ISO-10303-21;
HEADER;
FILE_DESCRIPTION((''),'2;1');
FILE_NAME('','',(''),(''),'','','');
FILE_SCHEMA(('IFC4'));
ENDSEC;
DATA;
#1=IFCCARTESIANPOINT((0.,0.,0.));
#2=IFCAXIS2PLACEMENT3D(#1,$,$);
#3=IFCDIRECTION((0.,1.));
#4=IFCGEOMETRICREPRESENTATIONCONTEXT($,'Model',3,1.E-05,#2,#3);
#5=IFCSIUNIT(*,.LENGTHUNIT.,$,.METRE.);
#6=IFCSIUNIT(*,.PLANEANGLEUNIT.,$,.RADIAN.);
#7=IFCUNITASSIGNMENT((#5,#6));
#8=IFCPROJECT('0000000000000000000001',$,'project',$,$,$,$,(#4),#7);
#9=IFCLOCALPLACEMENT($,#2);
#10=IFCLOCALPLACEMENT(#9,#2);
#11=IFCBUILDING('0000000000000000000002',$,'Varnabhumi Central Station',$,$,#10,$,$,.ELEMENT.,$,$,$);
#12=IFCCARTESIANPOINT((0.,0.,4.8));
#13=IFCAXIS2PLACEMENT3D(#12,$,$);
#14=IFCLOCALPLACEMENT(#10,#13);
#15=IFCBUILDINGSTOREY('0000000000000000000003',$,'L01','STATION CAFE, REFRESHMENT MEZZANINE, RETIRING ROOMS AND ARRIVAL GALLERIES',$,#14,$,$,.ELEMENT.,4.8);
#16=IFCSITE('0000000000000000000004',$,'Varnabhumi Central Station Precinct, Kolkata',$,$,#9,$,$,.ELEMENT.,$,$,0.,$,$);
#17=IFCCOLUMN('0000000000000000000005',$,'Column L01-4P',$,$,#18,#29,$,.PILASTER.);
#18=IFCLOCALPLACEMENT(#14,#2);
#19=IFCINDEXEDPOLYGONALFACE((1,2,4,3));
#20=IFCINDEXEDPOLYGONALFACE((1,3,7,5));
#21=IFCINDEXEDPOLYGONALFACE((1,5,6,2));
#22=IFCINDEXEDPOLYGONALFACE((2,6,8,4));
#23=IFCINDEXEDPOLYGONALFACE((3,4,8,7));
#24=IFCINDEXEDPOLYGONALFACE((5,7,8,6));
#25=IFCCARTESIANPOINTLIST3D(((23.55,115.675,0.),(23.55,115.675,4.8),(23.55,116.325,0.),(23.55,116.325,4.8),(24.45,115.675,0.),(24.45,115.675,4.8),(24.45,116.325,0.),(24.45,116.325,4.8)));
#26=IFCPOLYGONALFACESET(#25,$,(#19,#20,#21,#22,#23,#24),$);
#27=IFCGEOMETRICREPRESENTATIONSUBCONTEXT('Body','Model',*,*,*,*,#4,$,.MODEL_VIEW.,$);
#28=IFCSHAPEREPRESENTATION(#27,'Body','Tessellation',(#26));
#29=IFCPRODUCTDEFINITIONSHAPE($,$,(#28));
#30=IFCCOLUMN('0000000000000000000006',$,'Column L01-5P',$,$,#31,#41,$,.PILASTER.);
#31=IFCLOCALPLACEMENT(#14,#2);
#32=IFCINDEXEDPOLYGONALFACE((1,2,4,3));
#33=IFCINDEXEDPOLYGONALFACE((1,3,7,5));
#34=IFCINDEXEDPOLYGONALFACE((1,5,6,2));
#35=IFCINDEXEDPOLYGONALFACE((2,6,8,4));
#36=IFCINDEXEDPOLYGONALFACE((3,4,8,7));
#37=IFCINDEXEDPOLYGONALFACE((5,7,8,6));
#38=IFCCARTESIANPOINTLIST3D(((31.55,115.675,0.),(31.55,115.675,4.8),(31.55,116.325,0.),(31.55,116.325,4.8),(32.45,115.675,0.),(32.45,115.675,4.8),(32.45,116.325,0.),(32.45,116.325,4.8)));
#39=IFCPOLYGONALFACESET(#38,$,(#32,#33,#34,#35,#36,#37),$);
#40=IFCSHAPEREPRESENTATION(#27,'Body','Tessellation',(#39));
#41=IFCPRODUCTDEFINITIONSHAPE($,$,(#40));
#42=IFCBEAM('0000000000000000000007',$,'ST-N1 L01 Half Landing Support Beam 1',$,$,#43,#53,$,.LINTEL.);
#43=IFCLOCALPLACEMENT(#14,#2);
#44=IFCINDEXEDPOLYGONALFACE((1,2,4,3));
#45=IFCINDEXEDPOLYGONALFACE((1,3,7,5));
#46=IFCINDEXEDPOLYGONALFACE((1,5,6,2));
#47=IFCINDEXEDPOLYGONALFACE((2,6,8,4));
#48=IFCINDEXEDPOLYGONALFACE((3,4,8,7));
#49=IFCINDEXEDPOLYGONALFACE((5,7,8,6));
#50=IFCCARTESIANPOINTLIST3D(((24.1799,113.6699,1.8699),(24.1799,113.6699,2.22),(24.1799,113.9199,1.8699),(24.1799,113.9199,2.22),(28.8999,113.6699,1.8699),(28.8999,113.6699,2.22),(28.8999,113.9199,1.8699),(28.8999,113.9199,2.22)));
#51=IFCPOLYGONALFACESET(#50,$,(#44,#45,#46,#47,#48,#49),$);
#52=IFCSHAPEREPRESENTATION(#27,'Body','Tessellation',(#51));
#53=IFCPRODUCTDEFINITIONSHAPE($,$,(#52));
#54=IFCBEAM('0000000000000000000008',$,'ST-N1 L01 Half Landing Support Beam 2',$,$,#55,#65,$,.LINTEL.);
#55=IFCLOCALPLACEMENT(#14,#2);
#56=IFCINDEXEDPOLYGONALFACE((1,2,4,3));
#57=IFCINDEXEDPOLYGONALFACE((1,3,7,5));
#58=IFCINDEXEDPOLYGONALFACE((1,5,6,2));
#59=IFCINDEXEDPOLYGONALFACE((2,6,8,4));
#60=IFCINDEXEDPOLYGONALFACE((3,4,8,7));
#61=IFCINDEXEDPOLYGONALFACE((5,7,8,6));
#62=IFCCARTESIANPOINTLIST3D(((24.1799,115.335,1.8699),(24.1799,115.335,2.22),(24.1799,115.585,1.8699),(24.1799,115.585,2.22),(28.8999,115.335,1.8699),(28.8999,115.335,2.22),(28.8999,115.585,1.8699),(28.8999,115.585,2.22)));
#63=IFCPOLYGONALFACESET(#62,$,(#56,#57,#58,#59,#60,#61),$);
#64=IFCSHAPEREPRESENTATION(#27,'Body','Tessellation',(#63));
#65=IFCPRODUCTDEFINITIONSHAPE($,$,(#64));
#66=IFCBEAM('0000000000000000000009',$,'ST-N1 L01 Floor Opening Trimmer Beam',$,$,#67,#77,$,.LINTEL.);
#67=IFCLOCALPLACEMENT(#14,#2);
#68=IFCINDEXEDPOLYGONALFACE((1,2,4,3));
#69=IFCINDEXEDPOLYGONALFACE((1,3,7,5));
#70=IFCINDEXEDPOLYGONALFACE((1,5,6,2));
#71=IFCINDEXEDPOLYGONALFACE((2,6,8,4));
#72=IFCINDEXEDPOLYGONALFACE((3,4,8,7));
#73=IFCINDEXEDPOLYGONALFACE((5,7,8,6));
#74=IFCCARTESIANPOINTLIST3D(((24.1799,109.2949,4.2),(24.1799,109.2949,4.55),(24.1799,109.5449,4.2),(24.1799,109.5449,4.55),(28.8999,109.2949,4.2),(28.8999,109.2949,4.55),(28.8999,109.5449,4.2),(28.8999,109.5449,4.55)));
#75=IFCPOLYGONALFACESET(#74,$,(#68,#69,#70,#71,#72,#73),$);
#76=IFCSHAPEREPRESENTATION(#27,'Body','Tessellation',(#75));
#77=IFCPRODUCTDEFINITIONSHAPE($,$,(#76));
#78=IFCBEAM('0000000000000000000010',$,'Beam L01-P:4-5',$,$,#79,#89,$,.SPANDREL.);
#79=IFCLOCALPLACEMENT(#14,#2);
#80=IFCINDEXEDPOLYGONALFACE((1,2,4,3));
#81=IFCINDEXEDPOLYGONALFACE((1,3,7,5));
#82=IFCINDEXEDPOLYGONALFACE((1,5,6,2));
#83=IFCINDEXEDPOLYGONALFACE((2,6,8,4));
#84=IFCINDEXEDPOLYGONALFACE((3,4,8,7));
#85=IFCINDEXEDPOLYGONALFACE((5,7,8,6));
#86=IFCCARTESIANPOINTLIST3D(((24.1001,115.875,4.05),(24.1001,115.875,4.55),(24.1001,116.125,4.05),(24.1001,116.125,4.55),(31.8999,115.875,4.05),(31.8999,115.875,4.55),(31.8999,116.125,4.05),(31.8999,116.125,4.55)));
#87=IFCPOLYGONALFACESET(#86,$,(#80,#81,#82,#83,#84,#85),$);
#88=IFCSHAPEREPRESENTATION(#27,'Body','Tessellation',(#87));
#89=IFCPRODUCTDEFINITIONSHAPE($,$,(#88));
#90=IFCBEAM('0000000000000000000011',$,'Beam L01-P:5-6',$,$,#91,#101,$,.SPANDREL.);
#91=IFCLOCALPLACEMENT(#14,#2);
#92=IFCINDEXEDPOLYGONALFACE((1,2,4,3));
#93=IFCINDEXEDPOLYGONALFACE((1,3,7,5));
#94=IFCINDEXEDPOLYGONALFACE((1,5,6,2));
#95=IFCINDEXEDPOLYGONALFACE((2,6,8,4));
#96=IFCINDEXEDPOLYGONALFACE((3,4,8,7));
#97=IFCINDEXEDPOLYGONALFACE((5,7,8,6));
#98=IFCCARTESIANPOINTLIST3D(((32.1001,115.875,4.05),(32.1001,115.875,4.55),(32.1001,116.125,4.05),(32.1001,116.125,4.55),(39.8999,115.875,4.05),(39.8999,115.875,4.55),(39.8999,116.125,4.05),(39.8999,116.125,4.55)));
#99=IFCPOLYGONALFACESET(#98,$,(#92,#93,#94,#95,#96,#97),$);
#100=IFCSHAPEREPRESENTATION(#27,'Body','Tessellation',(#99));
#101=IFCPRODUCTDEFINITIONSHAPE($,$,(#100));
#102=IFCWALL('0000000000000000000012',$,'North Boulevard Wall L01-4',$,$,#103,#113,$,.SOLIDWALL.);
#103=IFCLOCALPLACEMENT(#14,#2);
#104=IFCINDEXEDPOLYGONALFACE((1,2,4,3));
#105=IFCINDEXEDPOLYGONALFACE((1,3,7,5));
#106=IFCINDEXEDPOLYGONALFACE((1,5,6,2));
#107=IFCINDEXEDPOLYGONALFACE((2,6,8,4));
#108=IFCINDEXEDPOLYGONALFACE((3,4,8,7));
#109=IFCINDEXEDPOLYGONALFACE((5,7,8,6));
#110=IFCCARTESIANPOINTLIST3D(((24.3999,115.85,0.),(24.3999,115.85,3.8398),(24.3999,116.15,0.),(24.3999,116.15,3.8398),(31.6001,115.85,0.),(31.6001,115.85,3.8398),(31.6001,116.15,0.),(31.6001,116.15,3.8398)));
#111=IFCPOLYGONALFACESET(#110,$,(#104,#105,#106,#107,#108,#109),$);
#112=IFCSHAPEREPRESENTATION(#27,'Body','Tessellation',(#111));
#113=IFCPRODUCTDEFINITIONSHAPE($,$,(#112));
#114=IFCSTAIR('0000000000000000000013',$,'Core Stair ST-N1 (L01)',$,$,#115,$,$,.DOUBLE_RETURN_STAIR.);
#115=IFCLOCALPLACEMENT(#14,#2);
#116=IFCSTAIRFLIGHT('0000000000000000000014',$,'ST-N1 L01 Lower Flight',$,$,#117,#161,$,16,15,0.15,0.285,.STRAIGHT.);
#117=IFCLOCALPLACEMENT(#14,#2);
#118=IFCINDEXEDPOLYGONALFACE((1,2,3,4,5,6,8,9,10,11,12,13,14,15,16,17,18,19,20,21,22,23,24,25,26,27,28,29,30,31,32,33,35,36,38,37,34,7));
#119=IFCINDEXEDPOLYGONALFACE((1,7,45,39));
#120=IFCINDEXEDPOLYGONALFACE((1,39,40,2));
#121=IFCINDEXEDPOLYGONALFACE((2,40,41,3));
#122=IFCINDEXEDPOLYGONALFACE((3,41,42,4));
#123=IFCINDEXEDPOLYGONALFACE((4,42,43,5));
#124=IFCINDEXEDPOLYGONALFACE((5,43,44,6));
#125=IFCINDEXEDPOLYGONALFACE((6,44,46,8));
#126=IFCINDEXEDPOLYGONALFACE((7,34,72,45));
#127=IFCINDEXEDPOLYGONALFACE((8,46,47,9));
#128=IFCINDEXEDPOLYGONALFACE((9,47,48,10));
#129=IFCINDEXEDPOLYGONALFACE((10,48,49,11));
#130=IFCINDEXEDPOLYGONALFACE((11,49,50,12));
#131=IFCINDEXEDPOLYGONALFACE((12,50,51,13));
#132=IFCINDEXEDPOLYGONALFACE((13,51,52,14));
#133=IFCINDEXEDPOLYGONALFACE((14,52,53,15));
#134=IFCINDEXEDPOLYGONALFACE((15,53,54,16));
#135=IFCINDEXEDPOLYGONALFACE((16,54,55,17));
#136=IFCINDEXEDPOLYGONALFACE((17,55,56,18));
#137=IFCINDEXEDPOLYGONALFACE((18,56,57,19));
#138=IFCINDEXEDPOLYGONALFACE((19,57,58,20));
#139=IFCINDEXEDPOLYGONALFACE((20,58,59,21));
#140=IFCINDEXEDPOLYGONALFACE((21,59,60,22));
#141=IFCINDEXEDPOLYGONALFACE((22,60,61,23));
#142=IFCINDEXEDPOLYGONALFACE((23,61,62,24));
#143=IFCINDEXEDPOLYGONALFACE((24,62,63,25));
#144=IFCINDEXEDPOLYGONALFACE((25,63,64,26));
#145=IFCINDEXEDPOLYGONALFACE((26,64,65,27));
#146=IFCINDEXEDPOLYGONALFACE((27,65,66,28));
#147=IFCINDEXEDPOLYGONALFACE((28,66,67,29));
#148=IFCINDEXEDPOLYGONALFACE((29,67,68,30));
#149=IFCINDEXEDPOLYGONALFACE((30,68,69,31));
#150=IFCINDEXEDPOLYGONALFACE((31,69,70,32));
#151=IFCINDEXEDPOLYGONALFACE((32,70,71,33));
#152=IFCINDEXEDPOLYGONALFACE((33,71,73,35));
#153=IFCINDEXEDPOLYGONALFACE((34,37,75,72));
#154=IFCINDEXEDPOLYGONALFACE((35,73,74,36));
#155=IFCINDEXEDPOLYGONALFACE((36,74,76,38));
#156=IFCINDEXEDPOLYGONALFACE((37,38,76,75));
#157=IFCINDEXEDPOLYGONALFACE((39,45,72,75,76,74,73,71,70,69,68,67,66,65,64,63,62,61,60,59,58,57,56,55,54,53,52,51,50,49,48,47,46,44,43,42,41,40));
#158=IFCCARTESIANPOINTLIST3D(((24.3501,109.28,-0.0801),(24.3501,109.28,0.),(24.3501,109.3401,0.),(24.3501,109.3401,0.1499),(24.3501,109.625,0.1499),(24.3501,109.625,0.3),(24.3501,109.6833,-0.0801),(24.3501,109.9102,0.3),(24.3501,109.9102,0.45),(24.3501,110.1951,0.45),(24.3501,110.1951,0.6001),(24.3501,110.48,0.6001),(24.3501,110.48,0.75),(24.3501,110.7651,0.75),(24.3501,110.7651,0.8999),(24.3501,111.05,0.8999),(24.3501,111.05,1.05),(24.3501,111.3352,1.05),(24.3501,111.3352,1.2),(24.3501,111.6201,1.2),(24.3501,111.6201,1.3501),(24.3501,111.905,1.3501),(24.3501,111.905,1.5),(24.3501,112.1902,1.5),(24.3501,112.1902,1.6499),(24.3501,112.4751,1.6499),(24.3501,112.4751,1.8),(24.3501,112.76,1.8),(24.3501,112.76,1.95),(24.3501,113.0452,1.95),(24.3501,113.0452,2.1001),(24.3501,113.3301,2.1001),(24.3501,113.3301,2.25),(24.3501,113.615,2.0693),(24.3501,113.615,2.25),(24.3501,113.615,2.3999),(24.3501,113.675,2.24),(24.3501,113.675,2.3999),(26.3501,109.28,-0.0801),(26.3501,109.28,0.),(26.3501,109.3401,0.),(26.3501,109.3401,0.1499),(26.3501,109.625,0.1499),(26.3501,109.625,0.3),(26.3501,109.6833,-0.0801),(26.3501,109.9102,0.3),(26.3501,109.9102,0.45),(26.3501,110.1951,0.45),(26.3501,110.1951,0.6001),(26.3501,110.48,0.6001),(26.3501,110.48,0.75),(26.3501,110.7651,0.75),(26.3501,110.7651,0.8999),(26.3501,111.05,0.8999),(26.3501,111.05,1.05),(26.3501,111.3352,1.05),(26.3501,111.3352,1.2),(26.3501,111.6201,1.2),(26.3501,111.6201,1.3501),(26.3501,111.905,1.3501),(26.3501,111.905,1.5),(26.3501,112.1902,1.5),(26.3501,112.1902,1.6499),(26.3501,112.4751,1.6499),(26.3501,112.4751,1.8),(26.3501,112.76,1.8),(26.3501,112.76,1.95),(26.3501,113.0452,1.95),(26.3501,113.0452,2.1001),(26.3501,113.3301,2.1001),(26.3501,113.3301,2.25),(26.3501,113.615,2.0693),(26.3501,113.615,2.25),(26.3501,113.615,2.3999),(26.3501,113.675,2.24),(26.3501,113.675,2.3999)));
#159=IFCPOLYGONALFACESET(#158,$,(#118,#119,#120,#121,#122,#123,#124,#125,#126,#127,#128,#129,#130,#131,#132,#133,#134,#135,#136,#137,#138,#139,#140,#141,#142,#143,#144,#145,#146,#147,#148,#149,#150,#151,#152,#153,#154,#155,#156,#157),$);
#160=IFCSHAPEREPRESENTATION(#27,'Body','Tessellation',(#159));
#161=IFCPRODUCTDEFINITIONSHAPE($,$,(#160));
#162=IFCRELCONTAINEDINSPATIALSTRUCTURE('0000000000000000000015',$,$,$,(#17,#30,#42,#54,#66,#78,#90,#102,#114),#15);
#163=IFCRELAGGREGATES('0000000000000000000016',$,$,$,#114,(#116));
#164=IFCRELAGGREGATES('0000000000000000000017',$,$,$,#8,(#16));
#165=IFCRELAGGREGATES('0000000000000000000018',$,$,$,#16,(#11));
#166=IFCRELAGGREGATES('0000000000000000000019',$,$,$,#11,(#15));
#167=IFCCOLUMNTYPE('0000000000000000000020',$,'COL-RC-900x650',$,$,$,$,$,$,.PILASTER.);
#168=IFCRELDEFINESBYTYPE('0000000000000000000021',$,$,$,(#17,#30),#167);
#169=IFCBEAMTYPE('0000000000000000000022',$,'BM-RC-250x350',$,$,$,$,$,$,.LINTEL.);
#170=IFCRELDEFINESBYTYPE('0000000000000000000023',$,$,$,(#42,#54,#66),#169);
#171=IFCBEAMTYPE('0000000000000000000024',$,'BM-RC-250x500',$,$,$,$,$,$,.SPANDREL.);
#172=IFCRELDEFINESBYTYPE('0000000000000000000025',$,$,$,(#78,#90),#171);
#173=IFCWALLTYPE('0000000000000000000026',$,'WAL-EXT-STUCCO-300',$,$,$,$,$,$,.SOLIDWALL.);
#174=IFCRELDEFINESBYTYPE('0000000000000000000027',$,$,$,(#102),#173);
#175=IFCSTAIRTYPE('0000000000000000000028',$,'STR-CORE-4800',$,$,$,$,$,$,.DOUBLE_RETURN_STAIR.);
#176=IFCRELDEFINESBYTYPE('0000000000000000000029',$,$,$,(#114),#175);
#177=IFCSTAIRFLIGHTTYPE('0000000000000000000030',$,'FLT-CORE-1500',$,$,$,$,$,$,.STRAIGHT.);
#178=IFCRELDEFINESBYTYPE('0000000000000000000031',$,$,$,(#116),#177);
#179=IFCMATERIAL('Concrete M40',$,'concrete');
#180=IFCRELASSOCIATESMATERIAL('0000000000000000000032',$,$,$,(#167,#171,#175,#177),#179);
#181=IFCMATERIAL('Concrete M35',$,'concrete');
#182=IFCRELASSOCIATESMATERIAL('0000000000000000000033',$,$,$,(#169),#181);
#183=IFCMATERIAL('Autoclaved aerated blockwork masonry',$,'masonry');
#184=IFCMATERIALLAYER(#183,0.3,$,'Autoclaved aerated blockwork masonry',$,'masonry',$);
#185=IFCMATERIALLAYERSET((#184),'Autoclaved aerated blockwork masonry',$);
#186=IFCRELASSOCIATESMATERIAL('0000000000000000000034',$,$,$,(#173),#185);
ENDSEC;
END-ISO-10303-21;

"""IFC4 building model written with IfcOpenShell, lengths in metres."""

from ifc_helpers import new_model, si_unit, direction, frame, frame_2d, origin, origin_2d, place, context, subcontext, project, spatial, polyline, rectangle, outline, extrude, material, layer, layer_set, material_profile, profile_set, type_object, element, aggregate, save


model = new_model("IFC4")

# Units and contexts
model_context = context("Model", 3, precision=1e-05, world=origin(), true_north=direction((0.0, 1.0)))
body_context = subcontext(model_context, "Body", "Model", "MODEL_VIEW")
ifc_project = project(units=[si_unit("LENGTHUNIT", "METRE"), si_unit("PLANEANGLEUNIT", "RADIAN")], contexts=[model_context])

# Site, building, storey
site_placement = place(None, origin())
site = spatial("IfcSite", under=ifc_project, at=site_placement, Name="Varnabhumi Central Station Precinct, Kolkata", CompositionType="ELEMENT", RefElevation=0.0)
building_placement = place(site_placement, origin())
building = spatial("IfcBuilding", under=site, at=building_placement, Name="Varnabhumi Central Station", CompositionType="ELEMENT")
storey_placement = place(building_placement, frame((0.0, 0.0, 4.8)))
storey = spatial("IfcBuildingStorey", under=building, at=storey_placement, Name="L01", Description="STATION CAFE, REFRESHMENT MEZZANINE, RETIRING ROOMS AND ARRIVAL GALLERIES", CompositionType="ELEMENT", Elevation=4.8)

# Columns
ifc_material_1 = material(Name="Concrete M40", Category="concrete")
ifc_material_profile_1 = material_profile(ifc_material_1, rectangle(XDim=0.8999, YDim=0.6499, at=origin_2d()), Name="Concrete M40", Category="concrete")
ifc_profile_set_1 = profile_set([ifc_material_profile_1], Name="Concrete M40")
column_type = type_object("IfcColumnType", Name="COL-RC-900x650", PredefinedType="PILASTER", material=ifc_profile_set_1)
for number, where, z_axis, x_axis, name in (
    (1, (24.0, 116.0, 0.0), (0.0, 0.0, 1.0), (1.0, 0.0, 0.0), "Column L01-4P"),
    (2, (32.0, 116.0, 0.0), (0.0, 0.0, 1.0), (1.0, 0.0, 0.0), "Column L01-5P"),
):
    element("IfcColumn", number, at=place(storey_placement, frame(where, z_axis=z_axis, x_axis=x_axis)), inside=storey, type_object=column_type, Name=name, PredefinedType="PILASTER", context=body_context, shape_type="SweptSolid", body=[
        extrude(rectangle(XDim=0.8999, YDim=0.6499, at=origin_2d()), origin(), (0.0, 0.0, 1.0), 4.8),
    ])

# Beams
ifc_material_2 = material(Name="Concrete M35", Category="concrete")
ifc_material_profile_2 = material_profile(ifc_material_2, rectangle(XDim=0.25, YDim=0.3501, at=origin_2d()), Name="Concrete M35", Category="concrete")
ifc_profile_set_2 = profile_set([ifc_material_profile_2], Name="Concrete M35")
beam_type_1 = type_object("IfcBeamType", Name="BM-RC-250x350", PredefinedType="LINTEL", material=ifc_profile_set_2)
for number, where, z_axis, x_axis, name in (
    (3, (24.1799, 113.7949, 2.0449), (1.0, 0.0, 0.0), (0.0, 1.0, 0.0), "ST-N1 L01 Half Landing Support Beam 1"),
    (4, (24.1799, 115.46, 2.0449), (1.0, 0.0, 0.0), (0.0, 1.0, 0.0), "ST-N1 L01 Half Landing Support Beam 2"),
    (5, (24.1799, 109.4199, 4.375), (1.0, 0.0, 0.0), (0.0, 1.0, 0.0), "ST-N1 L01 Floor Opening Trimmer Beam"),
):
    element("IfcBeam", number, at=place(storey_placement, frame(where, z_axis=z_axis, x_axis=x_axis)), inside=storey, type_object=beam_type_1, Name=name, PredefinedType="LINTEL", context=body_context, shape_type="SweptSolid", body=[
        extrude(rectangle(XDim=0.25, YDim=0.3501, at=origin_2d()), origin(), (0.0, 0.0, 1.0), 4.72),
    ])
ifc_material_profile_3 = material_profile(ifc_material_1, rectangle(XDim=0.25, YDim=0.5, at=origin_2d()), Name="Concrete M40", Category="concrete")
ifc_profile_set_3 = profile_set([ifc_material_profile_3], Name="Concrete M40")
beam_type_2 = type_object("IfcBeamType", Name="BM-RC-250x500", PredefinedType="SPANDREL", material=ifc_profile_set_3)
for number, where, z_axis, x_axis, name in (
    (6, (24.1001, 116.0, 4.3), (1.0, 0.0, 0.0), (0.0, 1.0, 0.0), "Beam L01-P:4-5"),
    (7, (32.1001, 116.0, 4.3), (1.0, 0.0, 0.0), (0.0, 1.0, 0.0), "Beam L01-P:5-6"),
):
    element("IfcBeam", number, at=place(storey_placement, frame(where, z_axis=z_axis, x_axis=x_axis)), inside=storey, type_object=beam_type_2, Name=name, PredefinedType="SPANDREL", context=body_context, shape_type="SweptSolid", body=[
        extrude(rectangle(XDim=0.25, YDim=0.5, at=origin_2d()), origin(), (0.0, 0.0, 1.0), 7.7998),
    ])

# Wall
ifc_material_3 = material(Name="Autoclaved aerated blockwork masonry", Category="masonry")
ifc_layer_1 = layer(ifc_material_3, 0.3, Name="Autoclaved aerated blockwork masonry", Category="masonry")
ifc_layer_set_1 = layer_set([ifc_layer_1], Name="Autoclaved aerated blockwork masonry")
wall_type_1 = type_object("IfcWallType", Name="WAL-EXT-STUCCO-300", PredefinedType="SOLIDWALL", material=ifc_layer_set_1)
wall_1_placement = place(storey_placement, frame((24.3999, 116.0, 0.0), z_axis=(0.0, 0.0, 1.0), x_axis=(1.0, 0.0, 0.0)))
element("IfcWall", 8, at=wall_1_placement, inside=storey, type_object=wall_type_1, Name="North Boulevard Wall L01-4", PredefinedType="SOLIDWALL", context=body_context, shape_type="SweptSolid", body=[
    extrude(rectangle(XDim=7.2002, YDim=0.3, at=frame_2d((3.6001, 0.0))), origin(), (0.0, 0.0, 1.0), 3.8398),
])

# Stair, stair flight
stair_type = type_object("IfcStairType", Name="STR-CORE-4800", PredefinedType="DOUBLE_RETURN_STAIR", material=ifc_material_1)
stair_placement = place(storey_placement, origin())
stair = element("IfcStair", 9, at=stair_placement, inside=storey, type_object=stair_type, Name="Core Stair ST-N1 (L01)", PredefinedType="DOUBLE_RETURN_STAIR")
stair_flight_type = type_object("IfcStairFlightType", Name="FLT-CORE-1500", PredefinedType="STRAIGHT", material=ifc_material_1)
stair_flight_1_placement = place(storey_placement, frame((25.3501, 109.3401, 0.0), z_axis=(0.0, 0.0, 1.0), x_axis=(0.0, 1.0, 0.0)))
stair_flight_1 = element("IfcStairFlight", 10, at=stair_flight_1_placement, type_object=stair_flight_type, Name="ST-N1 L01 Lower Flight", NumberOfRisers=16, NumberOfTreads=15, PredefinedType="STRAIGHT", RiserHeight=0.15, TreadLength=0.285, context=body_context, shape_type="SweptSolid", body=[
    extrude(outline(polyline([(-0.0601, -0.0801), (-0.0601, 0.0), (0.0, 0.0), (0.0, 0.1499), (0.2849, 0.1499), (0.2849, 0.3), (0.5701, 0.3), (0.5701, 0.45), (0.855, 0.45), (0.855, 0.6001), (1.1399, 0.6001), (1.1399, 0.75), (1.425, 0.75), (1.425, 0.8999), (1.71, 0.8999), (1.71, 1.05), (1.9951, 1.05), (1.9951, 1.2), (2.28, 1.2), (2.28, 1.3501), (2.5649, 1.3501), (2.5649, 1.5), (2.8501, 1.5), (2.8501, 1.6499), (3.135, 1.6499), (3.135, 1.8), (3.4199, 1.8), (3.4199, 1.95), (3.7051, 1.95), (3.7051, 2.1001), (3.99, 2.1001), (3.99, 2.25), (4.2749, 2.25), (4.2749, 2.3999), (4.335, 2.3999), (4.335, 2.24), (4.2749, 2.0693), (0.3433, -0.0801), (-0.0601, -0.0801)])), frame((0.0, 1.0, 0.0), z_axis=(0.0, -1.0, 0.0), x_axis=(1.0, 0.0, 0.0)), (0.0, 0.0, 1.0), 2.0),
])
aggregate(stair, [stair_flight_1])

save(model, "model.ifc")
